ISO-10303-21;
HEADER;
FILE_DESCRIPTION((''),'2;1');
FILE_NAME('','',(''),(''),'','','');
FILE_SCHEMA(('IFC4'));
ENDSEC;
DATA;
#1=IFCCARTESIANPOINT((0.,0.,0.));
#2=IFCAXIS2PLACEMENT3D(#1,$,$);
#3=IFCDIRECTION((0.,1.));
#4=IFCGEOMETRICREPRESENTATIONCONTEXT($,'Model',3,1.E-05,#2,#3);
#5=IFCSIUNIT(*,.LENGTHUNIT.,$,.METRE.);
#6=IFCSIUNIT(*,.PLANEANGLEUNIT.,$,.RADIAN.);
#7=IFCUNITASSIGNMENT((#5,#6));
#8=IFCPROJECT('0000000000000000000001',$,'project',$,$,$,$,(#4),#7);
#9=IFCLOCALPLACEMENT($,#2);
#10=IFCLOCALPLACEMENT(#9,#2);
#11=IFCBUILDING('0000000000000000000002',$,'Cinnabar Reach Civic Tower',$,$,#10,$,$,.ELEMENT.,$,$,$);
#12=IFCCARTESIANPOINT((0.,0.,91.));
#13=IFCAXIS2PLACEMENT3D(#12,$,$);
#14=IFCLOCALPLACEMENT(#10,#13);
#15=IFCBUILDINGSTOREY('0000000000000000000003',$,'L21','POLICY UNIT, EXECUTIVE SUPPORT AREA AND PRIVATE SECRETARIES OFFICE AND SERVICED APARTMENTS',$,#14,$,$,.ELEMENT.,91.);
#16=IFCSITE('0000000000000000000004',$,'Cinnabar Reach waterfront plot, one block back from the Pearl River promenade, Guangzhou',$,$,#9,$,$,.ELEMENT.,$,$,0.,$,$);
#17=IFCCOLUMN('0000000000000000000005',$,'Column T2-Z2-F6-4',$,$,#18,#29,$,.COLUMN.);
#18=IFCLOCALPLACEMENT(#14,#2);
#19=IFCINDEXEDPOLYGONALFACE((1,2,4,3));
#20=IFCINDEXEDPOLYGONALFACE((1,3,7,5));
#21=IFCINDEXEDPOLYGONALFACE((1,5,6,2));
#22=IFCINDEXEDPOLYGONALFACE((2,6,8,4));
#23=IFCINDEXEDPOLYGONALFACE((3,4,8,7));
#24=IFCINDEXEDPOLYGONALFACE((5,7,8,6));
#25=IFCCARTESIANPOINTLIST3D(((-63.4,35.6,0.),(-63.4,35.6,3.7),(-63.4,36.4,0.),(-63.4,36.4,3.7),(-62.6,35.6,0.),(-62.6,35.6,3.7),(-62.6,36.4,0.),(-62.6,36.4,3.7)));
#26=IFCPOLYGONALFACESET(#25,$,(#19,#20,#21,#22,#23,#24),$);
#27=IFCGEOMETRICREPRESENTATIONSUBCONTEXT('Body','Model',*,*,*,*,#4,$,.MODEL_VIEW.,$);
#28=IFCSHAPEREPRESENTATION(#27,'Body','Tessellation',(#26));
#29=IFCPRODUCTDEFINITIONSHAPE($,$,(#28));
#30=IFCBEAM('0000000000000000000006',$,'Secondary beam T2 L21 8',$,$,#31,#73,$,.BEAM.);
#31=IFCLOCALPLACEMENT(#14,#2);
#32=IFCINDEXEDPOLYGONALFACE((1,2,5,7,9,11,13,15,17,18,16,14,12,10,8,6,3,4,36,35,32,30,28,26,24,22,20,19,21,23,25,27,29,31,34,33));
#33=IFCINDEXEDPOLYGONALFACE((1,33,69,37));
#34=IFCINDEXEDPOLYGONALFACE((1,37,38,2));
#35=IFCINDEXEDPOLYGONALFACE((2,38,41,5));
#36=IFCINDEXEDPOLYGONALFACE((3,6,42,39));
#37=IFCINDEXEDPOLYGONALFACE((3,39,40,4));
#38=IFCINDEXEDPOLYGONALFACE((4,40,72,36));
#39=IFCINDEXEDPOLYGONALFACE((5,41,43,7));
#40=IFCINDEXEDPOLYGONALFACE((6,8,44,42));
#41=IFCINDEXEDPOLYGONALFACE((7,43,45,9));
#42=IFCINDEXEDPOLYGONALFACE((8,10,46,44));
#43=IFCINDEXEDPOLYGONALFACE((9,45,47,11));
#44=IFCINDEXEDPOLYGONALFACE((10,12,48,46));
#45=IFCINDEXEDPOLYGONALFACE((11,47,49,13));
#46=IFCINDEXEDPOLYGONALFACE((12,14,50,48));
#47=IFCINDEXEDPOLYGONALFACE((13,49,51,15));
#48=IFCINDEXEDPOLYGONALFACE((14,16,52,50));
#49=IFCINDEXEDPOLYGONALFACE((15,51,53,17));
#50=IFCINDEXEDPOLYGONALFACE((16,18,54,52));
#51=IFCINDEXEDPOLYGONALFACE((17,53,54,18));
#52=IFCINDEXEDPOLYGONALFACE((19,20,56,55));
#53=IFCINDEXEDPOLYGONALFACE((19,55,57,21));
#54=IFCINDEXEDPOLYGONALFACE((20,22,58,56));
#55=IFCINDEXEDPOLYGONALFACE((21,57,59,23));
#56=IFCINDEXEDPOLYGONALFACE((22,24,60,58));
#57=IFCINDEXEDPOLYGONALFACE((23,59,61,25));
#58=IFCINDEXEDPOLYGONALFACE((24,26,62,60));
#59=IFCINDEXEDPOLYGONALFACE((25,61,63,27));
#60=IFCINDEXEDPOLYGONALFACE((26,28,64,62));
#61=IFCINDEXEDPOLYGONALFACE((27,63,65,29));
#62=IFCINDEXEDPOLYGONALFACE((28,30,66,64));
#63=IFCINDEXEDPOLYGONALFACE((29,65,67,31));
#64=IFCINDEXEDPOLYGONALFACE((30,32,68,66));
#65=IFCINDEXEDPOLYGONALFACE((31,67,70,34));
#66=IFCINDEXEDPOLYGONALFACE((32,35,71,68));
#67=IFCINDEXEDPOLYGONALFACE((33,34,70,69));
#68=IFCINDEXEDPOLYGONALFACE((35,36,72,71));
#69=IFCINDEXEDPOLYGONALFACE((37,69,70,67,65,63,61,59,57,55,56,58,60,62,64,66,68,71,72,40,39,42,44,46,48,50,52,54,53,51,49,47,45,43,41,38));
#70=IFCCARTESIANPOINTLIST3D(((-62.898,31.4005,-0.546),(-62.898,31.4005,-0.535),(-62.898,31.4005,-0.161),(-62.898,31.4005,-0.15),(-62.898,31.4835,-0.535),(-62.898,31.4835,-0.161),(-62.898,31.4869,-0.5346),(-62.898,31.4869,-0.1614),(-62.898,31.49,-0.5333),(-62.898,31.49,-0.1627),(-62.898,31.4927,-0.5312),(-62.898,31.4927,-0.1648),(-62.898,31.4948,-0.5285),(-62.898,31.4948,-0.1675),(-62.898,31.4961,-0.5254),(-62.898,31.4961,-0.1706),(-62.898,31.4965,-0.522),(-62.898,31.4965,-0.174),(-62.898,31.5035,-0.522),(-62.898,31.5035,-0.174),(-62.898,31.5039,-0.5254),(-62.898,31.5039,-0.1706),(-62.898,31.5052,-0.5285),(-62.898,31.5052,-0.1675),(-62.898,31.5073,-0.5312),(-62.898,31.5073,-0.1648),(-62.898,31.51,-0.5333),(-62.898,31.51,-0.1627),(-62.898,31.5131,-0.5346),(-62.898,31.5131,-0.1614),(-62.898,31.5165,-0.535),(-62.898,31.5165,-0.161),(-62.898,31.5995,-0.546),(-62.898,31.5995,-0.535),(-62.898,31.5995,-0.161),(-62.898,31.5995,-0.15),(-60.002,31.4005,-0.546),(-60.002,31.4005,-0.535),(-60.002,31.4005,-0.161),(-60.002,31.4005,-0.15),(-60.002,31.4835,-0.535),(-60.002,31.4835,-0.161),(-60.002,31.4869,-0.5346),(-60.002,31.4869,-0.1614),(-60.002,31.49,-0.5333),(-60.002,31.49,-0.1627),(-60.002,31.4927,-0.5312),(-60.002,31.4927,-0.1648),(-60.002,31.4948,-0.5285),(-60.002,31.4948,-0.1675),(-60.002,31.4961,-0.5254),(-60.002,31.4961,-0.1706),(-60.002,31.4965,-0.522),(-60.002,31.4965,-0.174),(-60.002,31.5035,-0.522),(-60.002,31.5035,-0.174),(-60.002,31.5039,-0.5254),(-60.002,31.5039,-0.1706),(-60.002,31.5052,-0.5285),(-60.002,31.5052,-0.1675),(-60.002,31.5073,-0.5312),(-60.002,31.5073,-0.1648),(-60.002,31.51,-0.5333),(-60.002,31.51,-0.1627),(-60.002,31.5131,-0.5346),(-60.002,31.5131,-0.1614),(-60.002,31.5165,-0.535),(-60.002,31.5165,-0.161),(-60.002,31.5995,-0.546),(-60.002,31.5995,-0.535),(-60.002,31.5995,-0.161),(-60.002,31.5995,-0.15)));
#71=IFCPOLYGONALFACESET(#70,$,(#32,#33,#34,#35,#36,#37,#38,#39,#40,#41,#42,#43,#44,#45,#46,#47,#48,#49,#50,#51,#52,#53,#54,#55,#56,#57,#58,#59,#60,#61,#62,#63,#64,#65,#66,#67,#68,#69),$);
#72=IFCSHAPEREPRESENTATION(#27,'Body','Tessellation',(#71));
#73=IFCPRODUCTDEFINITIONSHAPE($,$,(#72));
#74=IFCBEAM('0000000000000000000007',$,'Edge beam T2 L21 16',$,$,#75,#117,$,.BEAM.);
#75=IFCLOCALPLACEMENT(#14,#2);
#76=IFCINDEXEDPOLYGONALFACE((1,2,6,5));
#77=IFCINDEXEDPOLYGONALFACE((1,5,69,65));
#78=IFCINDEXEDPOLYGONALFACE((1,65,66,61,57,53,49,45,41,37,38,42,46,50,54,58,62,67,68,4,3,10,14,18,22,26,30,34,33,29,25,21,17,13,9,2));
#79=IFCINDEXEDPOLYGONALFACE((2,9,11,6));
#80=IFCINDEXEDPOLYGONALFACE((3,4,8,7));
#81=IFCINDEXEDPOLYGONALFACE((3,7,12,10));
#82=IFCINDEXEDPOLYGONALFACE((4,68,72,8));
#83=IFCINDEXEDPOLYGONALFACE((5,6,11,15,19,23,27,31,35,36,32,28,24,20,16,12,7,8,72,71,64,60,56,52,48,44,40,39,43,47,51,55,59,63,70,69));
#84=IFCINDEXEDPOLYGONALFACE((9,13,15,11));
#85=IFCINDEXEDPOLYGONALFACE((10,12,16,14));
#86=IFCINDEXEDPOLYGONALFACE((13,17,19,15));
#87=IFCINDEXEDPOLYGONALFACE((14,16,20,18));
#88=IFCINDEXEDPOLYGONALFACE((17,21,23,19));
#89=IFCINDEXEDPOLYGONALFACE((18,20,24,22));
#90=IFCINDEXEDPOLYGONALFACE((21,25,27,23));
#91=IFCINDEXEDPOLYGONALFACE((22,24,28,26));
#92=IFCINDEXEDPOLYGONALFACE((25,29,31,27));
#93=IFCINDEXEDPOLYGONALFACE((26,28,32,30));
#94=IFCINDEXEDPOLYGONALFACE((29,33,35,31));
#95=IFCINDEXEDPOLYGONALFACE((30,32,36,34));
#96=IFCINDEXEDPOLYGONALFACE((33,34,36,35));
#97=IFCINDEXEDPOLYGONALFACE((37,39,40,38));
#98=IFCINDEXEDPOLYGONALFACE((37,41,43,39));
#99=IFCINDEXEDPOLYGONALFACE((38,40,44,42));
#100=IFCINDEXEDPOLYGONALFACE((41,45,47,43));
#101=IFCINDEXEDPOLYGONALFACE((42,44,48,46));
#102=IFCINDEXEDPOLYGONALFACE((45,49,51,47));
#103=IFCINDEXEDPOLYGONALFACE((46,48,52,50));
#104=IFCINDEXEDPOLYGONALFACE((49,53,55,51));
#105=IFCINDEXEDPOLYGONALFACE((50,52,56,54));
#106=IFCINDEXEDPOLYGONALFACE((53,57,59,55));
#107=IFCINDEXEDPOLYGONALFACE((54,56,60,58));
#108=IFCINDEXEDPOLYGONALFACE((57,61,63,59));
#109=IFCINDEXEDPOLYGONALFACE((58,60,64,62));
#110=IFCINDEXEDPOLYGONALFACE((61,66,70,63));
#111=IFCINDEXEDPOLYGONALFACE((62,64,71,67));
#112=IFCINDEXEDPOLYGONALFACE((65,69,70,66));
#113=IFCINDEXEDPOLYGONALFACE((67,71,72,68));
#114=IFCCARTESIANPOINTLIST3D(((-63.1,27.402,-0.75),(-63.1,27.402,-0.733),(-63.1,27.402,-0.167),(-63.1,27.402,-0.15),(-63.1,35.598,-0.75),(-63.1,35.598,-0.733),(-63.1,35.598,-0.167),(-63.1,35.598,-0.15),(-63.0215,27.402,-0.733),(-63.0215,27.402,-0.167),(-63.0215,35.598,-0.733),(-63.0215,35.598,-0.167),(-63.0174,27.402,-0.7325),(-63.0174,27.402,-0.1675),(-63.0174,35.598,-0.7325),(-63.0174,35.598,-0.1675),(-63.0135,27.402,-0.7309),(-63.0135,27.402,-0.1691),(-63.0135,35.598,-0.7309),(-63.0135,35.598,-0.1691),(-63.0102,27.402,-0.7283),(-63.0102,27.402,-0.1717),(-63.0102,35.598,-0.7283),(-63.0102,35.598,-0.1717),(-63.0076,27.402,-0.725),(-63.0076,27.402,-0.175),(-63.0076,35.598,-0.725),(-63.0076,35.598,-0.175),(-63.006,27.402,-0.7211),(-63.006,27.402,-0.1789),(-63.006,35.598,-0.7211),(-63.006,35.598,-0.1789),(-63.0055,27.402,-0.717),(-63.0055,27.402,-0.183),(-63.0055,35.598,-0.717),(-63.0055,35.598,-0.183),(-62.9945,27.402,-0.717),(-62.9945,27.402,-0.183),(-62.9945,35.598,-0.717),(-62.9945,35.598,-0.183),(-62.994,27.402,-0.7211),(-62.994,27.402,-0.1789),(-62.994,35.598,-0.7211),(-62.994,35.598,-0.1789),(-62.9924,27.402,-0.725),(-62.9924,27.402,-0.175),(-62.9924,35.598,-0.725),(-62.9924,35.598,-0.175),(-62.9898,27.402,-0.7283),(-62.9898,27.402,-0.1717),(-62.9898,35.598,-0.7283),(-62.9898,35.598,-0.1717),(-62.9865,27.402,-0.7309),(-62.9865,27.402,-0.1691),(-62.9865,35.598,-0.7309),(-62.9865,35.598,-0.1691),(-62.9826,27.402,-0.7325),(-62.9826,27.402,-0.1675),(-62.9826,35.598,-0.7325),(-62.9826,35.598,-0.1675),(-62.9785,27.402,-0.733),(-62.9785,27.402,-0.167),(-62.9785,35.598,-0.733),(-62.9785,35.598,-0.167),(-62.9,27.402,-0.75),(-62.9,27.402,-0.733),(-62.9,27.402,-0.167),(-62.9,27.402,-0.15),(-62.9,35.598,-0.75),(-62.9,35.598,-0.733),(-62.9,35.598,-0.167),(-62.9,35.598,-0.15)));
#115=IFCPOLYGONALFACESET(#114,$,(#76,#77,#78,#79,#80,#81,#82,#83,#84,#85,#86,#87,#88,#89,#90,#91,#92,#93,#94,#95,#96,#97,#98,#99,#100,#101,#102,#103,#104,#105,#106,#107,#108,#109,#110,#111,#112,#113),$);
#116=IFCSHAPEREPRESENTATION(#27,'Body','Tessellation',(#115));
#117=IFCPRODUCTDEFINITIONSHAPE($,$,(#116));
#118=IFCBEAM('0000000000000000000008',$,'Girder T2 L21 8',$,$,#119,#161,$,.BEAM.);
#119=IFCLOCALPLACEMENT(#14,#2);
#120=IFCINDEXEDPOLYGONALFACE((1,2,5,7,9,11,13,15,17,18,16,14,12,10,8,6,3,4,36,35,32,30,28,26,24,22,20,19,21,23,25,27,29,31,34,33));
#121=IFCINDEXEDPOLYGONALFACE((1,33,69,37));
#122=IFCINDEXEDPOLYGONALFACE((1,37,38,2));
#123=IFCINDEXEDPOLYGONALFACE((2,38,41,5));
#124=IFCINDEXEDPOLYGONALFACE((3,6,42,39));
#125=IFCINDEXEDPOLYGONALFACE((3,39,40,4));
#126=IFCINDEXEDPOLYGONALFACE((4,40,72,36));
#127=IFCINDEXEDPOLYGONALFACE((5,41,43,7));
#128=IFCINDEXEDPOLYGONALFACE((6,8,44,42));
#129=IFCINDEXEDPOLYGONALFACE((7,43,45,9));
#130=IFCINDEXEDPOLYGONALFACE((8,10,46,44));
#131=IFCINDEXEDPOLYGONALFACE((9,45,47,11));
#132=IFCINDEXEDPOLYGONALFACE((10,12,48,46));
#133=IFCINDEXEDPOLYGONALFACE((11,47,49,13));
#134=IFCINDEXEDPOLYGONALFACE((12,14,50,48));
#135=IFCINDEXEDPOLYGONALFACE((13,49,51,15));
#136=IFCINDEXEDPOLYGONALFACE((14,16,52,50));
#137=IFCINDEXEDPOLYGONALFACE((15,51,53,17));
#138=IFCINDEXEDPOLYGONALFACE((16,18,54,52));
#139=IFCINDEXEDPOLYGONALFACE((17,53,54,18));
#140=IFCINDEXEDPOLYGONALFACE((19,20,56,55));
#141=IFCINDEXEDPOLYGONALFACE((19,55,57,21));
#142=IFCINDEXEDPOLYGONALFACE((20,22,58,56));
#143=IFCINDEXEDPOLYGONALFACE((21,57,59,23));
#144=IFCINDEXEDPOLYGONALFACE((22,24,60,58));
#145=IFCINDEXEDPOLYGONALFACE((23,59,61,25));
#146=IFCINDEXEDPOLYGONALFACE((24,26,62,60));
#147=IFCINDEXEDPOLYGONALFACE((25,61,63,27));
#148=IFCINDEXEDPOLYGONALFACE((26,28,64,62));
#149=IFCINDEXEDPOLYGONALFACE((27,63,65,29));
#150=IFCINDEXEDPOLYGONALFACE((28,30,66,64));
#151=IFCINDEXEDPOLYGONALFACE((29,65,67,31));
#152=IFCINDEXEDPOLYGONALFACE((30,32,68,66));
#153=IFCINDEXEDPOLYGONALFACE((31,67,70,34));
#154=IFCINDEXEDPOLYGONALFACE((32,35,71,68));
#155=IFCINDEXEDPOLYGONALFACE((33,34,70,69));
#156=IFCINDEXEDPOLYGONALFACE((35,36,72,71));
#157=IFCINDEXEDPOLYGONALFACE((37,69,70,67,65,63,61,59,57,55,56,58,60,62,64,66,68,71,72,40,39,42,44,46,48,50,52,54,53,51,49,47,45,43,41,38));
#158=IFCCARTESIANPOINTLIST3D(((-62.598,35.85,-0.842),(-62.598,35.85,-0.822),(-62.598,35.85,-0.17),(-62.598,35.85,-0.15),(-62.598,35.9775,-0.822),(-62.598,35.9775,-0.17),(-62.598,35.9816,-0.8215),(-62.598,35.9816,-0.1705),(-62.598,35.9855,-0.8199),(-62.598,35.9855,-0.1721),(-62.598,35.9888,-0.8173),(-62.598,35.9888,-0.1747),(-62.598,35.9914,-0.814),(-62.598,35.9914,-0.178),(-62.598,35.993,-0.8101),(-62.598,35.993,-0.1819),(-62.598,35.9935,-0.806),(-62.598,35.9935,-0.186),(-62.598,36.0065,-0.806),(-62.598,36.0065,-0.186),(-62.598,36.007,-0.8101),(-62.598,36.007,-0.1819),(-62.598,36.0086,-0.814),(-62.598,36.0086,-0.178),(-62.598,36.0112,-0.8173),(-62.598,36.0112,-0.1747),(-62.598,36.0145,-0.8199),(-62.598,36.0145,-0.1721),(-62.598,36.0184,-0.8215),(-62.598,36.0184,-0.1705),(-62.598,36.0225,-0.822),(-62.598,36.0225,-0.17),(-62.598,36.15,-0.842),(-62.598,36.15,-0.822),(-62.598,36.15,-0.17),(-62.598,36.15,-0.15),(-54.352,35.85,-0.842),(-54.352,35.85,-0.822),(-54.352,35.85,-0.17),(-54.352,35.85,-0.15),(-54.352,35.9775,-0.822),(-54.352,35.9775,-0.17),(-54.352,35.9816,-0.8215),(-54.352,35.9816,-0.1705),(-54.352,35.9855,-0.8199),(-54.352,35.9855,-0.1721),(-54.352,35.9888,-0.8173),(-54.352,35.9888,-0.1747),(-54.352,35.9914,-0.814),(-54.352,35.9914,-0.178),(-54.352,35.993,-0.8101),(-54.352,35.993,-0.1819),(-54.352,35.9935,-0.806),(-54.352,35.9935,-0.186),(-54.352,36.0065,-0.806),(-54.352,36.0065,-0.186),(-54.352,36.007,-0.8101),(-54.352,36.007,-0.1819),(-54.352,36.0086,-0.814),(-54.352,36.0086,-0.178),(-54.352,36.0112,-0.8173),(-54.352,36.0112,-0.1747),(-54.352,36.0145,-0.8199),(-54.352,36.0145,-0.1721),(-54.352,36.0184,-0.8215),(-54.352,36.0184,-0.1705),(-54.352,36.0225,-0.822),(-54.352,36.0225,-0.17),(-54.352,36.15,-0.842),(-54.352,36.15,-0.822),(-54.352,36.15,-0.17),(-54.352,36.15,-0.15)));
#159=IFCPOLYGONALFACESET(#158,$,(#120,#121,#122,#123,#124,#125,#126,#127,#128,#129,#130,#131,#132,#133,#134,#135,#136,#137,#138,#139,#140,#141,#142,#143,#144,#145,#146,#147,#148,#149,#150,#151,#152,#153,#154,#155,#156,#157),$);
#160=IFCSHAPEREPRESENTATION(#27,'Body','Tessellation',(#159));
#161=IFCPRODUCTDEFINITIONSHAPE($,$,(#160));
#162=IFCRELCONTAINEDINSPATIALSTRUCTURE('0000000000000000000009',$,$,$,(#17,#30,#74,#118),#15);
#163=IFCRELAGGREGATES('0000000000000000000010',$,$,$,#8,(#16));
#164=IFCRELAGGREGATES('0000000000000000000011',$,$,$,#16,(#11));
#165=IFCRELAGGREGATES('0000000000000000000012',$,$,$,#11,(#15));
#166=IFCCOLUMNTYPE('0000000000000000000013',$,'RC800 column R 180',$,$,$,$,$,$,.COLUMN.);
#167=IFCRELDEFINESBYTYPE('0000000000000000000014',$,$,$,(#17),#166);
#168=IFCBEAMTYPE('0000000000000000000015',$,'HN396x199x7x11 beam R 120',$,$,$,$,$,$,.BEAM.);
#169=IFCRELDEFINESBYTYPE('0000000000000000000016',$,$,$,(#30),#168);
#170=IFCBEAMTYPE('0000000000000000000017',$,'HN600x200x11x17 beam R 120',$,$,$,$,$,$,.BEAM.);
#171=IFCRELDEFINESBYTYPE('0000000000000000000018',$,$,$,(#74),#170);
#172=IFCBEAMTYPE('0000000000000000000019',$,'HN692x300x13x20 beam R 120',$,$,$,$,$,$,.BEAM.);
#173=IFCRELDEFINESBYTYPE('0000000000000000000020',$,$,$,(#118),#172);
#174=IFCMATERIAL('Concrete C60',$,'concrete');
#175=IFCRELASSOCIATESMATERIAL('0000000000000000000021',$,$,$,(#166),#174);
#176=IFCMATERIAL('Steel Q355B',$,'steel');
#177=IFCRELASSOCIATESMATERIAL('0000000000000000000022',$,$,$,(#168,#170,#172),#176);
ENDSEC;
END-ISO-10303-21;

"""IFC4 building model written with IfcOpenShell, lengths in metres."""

from ifc_helpers import new_model, si_unit, direction, frame, origin, origin_2d, place, context, subcontext, project, spatial, rectangle, i_section, extrude, material, material_profile, profile_set, type_object, element, save


model = new_model("IFC4")

# Units and contexts
model_context = context("Model", 3, precision=1e-05, world=origin(), true_north=direction((0.0, 1.0)))
body_context = subcontext(model_context, "Body", "Model", "MODEL_VIEW")
ifc_project = project(units=[si_unit("LENGTHUNIT", "METRE"), si_unit("PLANEANGLEUNIT", "RADIAN")], contexts=[model_context])

# Site, building, storey
site_placement = place(None, origin())
site = spatial("IfcSite", under=ifc_project, at=site_placement, Name="Cinnabar Reach waterfront plot, one block back from the Pearl River promenade, Guangzhou", CompositionType="ELEMENT", RefElevation=0.0)
building_placement = place(site_placement, origin())
building = spatial("IfcBuilding", under=site, at=building_placement, Name="Cinnabar Reach Civic Tower", CompositionType="ELEMENT")
storey_placement = place(building_placement, frame((0.0, 0.0, 91.0)))
storey = spatial("IfcBuildingStorey", under=building, at=storey_placement, Name="L21", Description="POLICY UNIT, EXECUTIVE SUPPORT AREA AND PRIVATE SECRETARIES OFFICE AND SERVICED APARTMENTS", CompositionType="ELEMENT", Elevation=91.0)

# Column
ifc_material_1 = material(Name="Concrete C60", Category="concrete")
ifc_material_profile_1 = material_profile(ifc_material_1, rectangle(XDim=0.8, YDim=0.8, at=origin_2d()), Name="RC800")
ifc_profile_set_1 = profile_set([ifc_material_profile_1], Name="Concrete C60")
column_type = type_object("IfcColumnType", Name="RC800 column R 180", PredefinedType="COLUMN", material=ifc_profile_set_1)
column_placement = place(storey_placement, frame((-63.0, 36.0, 0.0), z_axis=(0.0, 0.0, 1.0), x_axis=(1.0, 0.0, 0.0)))
element("IfcColumn", 1, at=column_placement, inside=storey, type_object=column_type, Name="Column T2-Z2-F6-4", PredefinedType="COLUMN", context=body_context, shape_type="SweptSolid", body=[
    extrude(rectangle(XDim=0.8, YDim=0.8, at=origin_2d()), origin(), (0.0, 0.0, 1.0), 3.7),
])

# Beams
ifc_material_2 = material(Name="Steel Q355B", Category="steel")
ifc_material_profile_2 = material_profile(ifc_material_2, i_section(OverallWidth=0.199, OverallDepth=0.396, WebThickness=0.007, FlangeThickness=0.011, FilletRadius=0.013, at=origin_2d()), Name="HN396x199x7x11")
ifc_profile_set_2 = profile_set([ifc_material_profile_2], Name="Steel Q355B")
beam_type_1 = type_object("IfcBeamType", Name="HN396x199x7x11 beam R 120", PredefinedType="BEAM", material=ifc_profile_set_2)
beam_1_placement = place(storey_placement, frame((-62.898, 31.5, -0.348), z_axis=(1.0, 0.0, 0.0), x_axis=(0.0, 1.0, 0.0)))
element("IfcBeam", 2, at=beam_1_placement, inside=storey, type_object=beam_type_1, Name="Secondary beam T2 L21 8", PredefinedType="BEAM", context=body_context, shape_type="SweptSolid", body=[
    extrude(i_section(OverallWidth=0.199, OverallDepth=0.396, WebThickness=0.007, FlangeThickness=0.011, FilletRadius=0.013, at=origin_2d()), origin(), (0.0, 0.0, 1.0), 2.896),
])
ifc_material_profile_3 = material_profile(ifc_material_2, i_section(OverallWidth=0.2, OverallDepth=0.6, WebThickness=0.011, FlangeThickness=0.017, FilletRadius=0.016, at=origin_2d()), Name="HN600x200x11x17")
ifc_profile_set_3 = profile_set([ifc_material_profile_3], Name="Steel Q355B")
beam_type_2 = type_object("IfcBeamType", Name="HN600x200x11x17 beam R 120", PredefinedType="BEAM", material=ifc_profile_set_3)
beam_2_placement = place(storey_placement, frame((-63.0, 35.598, -0.45), z_axis=(0.0, -1.0, 0.0), x_axis=(1.0, 0.0, 0.0)))
element("IfcBeam", 3, at=beam_2_placement, inside=storey, type_object=beam_type_2, Name="Edge beam T2 L21 16", PredefinedType="BEAM", context=body_context, shape_type="SweptSolid", body=[
    extrude(i_section(OverallWidth=0.2, OverallDepth=0.6, WebThickness=0.011, FlangeThickness=0.017, FilletRadius=0.016, at=origin_2d()), origin(), (0.0, 0.0, 1.0), 8.196),
])
ifc_material_profile_4 = material_profile(ifc_material_2, i_section(OverallWidth=0.3, OverallDepth=0.692, WebThickness=0.013, FlangeThickness=0.02, FilletRadius=0.016, at=origin_2d()), Name="HN692x300x13x20")
ifc_profile_set_4 = profile_set([ifc_material_profile_4], Name="Steel Q355B")
beam_type_3 = type_object("IfcBeamType", Name="HN692x300x13x20 beam R 120", PredefinedType="BEAM", material=ifc_profile_set_4)
beam_3_placement = place(storey_placement, frame((-62.598, 36.0, -0.496), z_axis=(1.0, 0.0, 0.0), x_axis=(0.0, 1.0, 0.0)))
element("IfcBeam", 4, at=beam_3_placement, inside=storey, type_object=beam_type_3, Name="Girder T2 L21 8", PredefinedType="BEAM", context=body_context, shape_type="SweptSolid", body=[
    extrude(i_section(OverallWidth=0.3, OverallDepth=0.692, WebThickness=0.013, FlangeThickness=0.02, FilletRadius=0.016, at=origin_2d()), origin(), (0.0, 0.0, 1.0), 8.246),
])

save(model, "model.ifc")
